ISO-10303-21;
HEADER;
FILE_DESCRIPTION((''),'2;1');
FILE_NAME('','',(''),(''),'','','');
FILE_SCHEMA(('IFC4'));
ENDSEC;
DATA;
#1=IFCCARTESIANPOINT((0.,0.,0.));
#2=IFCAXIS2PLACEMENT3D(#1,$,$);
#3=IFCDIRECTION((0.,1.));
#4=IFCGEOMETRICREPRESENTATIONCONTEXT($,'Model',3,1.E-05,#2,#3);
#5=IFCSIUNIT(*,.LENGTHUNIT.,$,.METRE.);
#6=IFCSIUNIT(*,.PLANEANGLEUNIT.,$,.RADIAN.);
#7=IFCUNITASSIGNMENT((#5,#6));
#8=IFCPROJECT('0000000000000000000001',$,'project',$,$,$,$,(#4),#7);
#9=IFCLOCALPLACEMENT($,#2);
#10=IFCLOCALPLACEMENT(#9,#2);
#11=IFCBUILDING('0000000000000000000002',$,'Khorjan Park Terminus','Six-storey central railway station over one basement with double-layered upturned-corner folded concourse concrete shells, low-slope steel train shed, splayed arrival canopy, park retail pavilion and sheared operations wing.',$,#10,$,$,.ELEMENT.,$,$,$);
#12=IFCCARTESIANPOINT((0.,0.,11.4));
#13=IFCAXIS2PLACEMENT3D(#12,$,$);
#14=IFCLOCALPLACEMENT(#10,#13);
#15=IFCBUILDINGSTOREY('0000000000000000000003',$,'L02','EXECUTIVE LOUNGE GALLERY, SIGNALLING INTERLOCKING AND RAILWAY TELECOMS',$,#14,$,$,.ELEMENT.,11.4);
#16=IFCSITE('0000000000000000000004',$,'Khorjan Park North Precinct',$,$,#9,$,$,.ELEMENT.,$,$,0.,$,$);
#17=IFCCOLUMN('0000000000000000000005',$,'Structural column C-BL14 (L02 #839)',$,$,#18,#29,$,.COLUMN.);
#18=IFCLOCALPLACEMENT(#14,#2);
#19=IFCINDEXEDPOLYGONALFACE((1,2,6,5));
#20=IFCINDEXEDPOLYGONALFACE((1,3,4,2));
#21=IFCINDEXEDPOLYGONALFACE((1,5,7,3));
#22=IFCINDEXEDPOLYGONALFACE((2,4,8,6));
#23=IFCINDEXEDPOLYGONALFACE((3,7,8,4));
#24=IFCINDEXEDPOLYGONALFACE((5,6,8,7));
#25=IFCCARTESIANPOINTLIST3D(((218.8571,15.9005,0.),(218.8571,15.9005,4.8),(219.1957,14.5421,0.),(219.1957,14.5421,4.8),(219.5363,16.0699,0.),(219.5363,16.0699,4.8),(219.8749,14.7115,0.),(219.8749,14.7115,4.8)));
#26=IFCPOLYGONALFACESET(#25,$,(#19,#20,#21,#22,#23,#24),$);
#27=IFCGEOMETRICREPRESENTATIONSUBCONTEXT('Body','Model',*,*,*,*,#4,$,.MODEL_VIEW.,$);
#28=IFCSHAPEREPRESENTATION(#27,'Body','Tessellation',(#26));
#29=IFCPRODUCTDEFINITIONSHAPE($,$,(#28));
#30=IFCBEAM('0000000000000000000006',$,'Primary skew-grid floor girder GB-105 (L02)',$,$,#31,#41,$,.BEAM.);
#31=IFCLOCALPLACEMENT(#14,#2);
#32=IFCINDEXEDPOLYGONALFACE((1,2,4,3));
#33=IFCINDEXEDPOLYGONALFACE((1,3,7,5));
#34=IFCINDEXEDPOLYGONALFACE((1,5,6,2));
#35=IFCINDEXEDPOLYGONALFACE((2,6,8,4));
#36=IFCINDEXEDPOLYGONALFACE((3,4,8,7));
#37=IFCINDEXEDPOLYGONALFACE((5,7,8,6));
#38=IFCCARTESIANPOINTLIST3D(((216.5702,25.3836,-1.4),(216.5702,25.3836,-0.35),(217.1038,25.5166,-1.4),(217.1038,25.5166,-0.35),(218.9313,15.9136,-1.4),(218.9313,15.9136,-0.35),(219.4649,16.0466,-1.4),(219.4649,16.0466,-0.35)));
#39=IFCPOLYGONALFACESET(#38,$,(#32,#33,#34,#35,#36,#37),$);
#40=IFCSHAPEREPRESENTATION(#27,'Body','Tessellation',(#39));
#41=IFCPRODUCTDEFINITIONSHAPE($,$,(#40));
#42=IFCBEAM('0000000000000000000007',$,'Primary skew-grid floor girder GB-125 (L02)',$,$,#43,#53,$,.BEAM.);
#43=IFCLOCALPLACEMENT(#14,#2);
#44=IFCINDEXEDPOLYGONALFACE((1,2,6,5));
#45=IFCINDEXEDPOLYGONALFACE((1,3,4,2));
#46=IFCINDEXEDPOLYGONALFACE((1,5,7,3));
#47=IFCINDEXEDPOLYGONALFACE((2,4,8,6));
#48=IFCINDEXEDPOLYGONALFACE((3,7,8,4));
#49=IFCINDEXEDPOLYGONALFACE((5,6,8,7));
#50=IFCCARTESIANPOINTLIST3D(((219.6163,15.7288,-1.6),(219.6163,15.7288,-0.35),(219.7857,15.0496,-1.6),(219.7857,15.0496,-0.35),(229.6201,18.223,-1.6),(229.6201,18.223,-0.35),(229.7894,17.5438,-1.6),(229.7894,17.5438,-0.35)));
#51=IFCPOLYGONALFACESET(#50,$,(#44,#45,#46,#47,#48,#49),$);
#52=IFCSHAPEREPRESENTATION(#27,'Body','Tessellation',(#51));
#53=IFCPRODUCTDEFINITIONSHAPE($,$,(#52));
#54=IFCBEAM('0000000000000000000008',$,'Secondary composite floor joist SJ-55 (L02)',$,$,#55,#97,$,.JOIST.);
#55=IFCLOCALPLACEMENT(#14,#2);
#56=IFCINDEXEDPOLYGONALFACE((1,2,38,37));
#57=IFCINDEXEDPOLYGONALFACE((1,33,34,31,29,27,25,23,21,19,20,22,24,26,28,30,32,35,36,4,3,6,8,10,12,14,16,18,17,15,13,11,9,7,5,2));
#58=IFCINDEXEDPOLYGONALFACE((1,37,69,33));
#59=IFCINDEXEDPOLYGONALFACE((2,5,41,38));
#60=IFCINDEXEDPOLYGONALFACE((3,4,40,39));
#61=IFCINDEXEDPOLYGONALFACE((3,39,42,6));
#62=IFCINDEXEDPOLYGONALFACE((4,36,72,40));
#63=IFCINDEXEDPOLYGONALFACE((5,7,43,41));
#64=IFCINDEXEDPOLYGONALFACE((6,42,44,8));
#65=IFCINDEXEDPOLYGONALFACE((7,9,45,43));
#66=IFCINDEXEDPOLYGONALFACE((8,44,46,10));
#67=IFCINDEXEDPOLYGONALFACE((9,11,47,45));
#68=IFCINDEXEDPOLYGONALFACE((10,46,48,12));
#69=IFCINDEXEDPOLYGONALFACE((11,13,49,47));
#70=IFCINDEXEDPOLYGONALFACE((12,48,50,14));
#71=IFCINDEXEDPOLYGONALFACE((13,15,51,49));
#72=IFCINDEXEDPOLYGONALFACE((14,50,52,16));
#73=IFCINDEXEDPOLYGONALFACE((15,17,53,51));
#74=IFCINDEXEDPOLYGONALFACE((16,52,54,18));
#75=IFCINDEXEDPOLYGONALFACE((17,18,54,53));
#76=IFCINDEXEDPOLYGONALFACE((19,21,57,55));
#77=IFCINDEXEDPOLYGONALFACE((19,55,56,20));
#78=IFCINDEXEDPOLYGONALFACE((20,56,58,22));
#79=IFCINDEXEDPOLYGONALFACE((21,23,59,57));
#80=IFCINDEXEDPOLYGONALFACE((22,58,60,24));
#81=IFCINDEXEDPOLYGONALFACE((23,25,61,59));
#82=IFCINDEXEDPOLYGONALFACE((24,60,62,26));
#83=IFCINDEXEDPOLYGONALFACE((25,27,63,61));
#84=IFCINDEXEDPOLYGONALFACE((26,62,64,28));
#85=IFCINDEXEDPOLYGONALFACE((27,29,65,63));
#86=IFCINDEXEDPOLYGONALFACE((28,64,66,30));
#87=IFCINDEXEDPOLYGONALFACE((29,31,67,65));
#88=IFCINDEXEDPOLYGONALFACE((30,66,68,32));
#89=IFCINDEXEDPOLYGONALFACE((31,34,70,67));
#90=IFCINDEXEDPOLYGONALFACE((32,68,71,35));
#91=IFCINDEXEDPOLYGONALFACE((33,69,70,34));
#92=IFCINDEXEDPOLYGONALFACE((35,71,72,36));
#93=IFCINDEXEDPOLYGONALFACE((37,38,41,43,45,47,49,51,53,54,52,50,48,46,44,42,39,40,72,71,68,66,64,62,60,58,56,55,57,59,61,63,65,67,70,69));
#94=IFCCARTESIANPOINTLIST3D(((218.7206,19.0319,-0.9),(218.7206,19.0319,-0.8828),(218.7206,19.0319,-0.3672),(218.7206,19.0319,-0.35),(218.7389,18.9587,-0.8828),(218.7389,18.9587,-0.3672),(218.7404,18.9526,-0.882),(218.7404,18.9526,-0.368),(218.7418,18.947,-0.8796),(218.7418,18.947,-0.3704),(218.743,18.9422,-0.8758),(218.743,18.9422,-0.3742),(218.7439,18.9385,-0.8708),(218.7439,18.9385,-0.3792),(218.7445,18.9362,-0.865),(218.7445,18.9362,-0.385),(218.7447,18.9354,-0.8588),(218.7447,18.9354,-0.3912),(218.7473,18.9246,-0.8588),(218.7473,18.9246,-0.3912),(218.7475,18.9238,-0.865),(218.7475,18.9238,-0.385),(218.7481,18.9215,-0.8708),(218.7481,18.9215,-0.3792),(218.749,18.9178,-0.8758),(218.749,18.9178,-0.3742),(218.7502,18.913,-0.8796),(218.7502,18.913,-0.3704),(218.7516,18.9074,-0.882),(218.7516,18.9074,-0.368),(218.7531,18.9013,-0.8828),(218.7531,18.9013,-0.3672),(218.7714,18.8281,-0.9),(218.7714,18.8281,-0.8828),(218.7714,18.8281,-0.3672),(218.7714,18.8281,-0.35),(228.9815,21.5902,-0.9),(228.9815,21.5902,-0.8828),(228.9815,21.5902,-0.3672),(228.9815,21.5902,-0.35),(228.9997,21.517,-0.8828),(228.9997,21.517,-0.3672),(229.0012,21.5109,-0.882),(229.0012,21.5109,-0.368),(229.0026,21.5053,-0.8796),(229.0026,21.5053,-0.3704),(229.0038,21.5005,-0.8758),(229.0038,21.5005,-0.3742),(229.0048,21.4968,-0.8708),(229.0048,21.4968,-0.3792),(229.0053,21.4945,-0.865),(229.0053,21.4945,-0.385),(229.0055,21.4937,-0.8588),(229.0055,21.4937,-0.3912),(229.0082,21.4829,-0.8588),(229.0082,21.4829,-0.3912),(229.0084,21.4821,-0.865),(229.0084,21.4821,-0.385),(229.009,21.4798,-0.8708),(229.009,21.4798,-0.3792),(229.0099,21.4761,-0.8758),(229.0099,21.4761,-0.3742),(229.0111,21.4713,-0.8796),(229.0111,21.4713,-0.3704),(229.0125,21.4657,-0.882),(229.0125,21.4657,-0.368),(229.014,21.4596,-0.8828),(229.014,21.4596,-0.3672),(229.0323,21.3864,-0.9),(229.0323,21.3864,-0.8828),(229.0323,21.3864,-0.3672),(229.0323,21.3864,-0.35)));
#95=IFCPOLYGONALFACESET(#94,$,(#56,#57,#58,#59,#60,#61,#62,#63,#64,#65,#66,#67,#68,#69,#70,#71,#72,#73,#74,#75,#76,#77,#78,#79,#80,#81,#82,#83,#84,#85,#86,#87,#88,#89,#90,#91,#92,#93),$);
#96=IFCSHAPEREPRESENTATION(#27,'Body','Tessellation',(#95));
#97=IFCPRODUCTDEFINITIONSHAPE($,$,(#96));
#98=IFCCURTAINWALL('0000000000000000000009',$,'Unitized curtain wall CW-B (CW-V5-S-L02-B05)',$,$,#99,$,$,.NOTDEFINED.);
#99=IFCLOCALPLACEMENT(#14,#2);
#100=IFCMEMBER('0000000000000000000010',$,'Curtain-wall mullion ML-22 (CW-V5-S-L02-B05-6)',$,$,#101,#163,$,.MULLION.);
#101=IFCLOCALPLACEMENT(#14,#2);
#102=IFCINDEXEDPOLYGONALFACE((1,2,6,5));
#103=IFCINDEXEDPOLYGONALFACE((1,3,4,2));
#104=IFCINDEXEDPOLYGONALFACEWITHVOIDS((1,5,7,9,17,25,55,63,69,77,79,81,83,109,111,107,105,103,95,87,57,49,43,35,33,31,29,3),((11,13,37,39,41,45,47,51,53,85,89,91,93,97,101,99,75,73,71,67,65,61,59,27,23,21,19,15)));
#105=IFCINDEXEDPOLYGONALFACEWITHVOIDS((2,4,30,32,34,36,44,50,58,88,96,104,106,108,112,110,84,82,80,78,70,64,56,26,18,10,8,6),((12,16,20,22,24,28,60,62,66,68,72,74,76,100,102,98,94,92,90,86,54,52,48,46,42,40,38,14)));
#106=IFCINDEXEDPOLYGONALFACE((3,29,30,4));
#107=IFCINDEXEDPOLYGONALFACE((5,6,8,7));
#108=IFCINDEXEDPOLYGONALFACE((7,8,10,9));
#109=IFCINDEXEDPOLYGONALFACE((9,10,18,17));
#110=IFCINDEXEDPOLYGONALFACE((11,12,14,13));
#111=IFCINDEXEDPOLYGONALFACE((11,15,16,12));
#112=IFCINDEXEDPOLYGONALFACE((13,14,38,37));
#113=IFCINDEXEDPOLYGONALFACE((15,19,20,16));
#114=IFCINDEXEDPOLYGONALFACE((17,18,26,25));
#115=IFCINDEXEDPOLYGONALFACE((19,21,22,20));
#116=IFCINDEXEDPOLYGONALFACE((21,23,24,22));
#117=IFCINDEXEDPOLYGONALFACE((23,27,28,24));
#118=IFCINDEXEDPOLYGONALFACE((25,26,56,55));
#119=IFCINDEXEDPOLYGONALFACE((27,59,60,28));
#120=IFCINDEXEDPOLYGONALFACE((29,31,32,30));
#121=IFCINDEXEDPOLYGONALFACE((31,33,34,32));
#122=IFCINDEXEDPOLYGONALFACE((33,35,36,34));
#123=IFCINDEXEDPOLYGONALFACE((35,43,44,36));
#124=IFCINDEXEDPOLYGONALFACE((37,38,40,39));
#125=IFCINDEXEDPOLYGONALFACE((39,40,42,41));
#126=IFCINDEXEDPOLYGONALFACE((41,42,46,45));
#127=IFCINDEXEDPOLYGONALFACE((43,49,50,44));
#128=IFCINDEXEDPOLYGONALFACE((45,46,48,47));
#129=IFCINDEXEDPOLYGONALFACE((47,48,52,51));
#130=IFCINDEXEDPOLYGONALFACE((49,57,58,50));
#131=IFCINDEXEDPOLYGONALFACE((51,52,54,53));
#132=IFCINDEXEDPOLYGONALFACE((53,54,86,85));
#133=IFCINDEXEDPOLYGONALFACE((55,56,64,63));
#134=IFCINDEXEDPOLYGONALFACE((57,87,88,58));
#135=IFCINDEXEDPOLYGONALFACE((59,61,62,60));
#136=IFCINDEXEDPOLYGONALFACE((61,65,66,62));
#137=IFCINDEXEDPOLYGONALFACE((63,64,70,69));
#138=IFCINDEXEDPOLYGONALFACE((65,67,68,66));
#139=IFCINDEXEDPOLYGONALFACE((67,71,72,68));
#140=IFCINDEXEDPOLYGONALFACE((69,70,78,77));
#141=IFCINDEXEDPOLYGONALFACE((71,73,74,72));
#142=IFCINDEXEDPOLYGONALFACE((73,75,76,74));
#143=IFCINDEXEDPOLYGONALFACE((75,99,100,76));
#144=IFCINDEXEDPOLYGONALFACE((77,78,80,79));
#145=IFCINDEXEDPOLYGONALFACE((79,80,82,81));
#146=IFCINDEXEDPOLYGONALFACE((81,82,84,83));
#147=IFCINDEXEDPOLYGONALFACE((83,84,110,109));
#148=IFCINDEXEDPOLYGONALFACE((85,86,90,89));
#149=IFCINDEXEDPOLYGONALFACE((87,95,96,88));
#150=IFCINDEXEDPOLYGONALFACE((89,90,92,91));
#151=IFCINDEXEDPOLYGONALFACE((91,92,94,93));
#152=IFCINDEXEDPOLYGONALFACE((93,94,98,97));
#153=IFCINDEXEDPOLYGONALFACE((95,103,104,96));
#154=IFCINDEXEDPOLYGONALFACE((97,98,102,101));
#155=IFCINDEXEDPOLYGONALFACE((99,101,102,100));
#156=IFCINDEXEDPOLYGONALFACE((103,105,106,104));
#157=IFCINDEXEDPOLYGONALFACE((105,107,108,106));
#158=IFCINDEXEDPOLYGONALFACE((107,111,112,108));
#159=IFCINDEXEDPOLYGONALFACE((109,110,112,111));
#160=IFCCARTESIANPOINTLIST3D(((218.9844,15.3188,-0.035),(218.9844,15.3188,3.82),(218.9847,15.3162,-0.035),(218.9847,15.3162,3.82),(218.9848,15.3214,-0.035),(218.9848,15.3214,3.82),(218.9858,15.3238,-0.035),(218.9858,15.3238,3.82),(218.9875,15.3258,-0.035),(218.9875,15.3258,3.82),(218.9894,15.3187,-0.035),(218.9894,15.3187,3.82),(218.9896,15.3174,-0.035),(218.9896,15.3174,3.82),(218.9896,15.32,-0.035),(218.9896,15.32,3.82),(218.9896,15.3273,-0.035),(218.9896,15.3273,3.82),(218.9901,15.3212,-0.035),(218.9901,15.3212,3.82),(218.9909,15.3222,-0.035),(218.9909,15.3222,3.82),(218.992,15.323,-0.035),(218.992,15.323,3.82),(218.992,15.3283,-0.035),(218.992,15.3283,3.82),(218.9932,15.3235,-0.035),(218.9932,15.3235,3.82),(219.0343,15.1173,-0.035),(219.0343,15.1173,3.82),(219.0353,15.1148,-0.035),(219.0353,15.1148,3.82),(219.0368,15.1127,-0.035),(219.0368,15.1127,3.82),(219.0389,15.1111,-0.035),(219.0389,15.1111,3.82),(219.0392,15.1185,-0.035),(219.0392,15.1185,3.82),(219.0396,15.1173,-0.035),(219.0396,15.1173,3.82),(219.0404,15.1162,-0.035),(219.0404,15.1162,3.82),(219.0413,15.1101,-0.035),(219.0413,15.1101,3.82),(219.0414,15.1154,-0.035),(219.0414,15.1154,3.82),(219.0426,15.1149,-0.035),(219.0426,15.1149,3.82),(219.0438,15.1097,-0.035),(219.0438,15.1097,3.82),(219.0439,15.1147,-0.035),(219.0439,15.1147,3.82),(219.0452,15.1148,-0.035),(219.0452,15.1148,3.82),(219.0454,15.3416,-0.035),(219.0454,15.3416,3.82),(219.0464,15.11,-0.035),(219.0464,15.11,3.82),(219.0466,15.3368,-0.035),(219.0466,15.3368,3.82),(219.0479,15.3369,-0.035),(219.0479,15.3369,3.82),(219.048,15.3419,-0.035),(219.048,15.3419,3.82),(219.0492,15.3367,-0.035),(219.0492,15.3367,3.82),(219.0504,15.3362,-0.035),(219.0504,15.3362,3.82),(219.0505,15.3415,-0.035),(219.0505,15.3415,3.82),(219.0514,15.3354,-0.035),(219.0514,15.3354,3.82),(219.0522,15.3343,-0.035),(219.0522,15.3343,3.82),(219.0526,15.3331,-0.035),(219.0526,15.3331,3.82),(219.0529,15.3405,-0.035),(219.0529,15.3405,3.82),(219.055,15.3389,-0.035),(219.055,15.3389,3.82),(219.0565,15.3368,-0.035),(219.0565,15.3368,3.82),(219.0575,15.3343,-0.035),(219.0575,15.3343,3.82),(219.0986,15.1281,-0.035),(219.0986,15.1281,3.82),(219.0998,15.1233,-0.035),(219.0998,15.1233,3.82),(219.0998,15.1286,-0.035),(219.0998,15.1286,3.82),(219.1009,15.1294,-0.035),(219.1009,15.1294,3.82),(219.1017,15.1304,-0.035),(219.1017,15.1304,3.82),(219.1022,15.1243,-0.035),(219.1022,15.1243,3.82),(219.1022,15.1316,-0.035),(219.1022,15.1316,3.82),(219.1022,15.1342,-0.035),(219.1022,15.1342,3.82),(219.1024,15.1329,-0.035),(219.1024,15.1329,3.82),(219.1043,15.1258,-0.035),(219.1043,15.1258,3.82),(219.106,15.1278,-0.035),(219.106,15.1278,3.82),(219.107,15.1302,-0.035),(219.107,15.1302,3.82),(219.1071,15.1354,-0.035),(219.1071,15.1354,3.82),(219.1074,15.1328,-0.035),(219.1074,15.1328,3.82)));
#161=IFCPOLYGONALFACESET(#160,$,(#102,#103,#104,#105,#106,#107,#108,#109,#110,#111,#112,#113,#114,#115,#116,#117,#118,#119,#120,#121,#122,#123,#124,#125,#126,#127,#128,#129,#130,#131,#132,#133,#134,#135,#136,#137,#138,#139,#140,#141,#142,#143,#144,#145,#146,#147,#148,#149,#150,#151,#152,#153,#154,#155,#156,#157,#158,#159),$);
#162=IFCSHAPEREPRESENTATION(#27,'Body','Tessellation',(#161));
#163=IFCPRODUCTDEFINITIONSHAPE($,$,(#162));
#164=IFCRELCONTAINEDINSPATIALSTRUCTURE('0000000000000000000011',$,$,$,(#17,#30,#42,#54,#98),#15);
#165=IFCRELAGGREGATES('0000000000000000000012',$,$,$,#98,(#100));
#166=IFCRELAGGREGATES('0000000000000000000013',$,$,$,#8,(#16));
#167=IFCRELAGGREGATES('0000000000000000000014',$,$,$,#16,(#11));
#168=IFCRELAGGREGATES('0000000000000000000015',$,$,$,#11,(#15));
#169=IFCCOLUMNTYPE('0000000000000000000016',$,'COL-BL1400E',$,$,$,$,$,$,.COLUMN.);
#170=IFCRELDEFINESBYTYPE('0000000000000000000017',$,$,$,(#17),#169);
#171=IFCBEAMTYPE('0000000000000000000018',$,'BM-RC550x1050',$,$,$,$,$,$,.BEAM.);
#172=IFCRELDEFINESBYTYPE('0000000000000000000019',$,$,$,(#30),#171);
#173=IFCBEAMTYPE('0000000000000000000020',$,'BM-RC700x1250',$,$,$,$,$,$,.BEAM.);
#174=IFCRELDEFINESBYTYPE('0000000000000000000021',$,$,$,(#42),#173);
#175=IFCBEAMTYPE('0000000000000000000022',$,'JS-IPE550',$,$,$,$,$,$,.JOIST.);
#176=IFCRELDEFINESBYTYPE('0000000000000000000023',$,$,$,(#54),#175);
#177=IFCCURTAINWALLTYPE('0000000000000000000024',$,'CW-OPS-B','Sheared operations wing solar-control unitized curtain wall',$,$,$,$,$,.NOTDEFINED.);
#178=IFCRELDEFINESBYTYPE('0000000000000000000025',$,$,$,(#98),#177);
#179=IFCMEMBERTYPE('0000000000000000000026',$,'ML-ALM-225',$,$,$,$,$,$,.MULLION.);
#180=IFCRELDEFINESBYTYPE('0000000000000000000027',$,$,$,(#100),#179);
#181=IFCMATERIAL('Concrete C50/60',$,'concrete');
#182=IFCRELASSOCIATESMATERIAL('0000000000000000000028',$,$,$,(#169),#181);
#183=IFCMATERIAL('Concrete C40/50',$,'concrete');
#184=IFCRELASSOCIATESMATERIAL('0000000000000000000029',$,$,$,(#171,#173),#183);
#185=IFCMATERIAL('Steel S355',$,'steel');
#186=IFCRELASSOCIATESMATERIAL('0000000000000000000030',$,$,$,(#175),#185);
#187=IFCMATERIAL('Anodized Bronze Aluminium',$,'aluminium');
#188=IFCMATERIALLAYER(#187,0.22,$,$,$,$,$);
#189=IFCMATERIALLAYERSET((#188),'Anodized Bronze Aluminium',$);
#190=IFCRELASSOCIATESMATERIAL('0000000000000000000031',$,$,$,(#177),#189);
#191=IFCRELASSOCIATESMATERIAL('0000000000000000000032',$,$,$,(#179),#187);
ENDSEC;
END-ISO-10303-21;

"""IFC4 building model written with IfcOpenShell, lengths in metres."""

from ifc_helpers import new_model, si_unit, direction, frame, origin, origin_2d, place, context, subcontext, project, spatial, rectangle, hollow_rectangle, i_section, extrude, material, layer, layer_set, material_profile, profile_set, type_object, element, aggregate, save


model = new_model("IFC4")

# Units and contexts
model_context = context("Model", 3, precision=1e-05, world=origin(), true_north=direction((0.0, 1.0)))
body_context = subcontext(model_context, "Body", "Model", "MODEL_VIEW")
ifc_project = project(units=[si_unit("LENGTHUNIT", "METRE"), si_unit("PLANEANGLEUNIT", "RADIAN")], contexts=[model_context])

# Site, building, storey
site_placement = place(None, origin())
site = spatial("IfcSite", under=ifc_project, at=site_placement, Name="Khorjan Park North Precinct", CompositionType="ELEMENT", RefElevation=0.0)
building_placement = place(site_placement, origin())
building = spatial("IfcBuilding", under=site, at=building_placement, Name="Khorjan Park Terminus", Description="Six-storey central railway station over one basement with double-layered upturned-corner folded concourse concrete shells, low-slope steel train shed, splayed arrival canopy, park retail pavilion and sheared operations wing.", CompositionType="ELEMENT")
storey_placement = place(building_placement, frame((0.0, 0.0, 11.4)))
storey = spatial("IfcBuildingStorey", under=building, at=storey_placement, Name="L02", Description="EXECUTIVE LOUNGE GALLERY, SIGNALLING INTERLOCKING AND RAILWAY TELECOMS", CompositionType="ELEMENT", Elevation=11.4)

# Column
ifc_material_1 = material(Name="Concrete C50/60", Category="concrete")
ifc_material_profile_1 = material_profile(ifc_material_1, rectangle(XDim=0.7, YDim=1.4, at=origin_2d()), Name="RC 700x1400")
ifc_profile_set_1 = profile_set([ifc_material_profile_1], Name="Concrete C50/60")
column_type = type_object("IfcColumnType", Name="COL-BL1400E", PredefinedType="COLUMN", material=ifc_profile_set_1)
column_placement = place(storey_placement, frame((219.366, 15.306, 0.0), z_axis=(0.0, 0.0, 1.0), x_axis=(0.970296, 0.241922, 0.0)))
element("IfcColumn", 1, at=column_placement, inside=storey, type_object=column_type, Name="Structural column C-BL14 (L02 #839)", PredefinedType="COLUMN", context=body_context, shape_type="SweptSolid", body=[
    extrude(rectangle(XDim=0.7, YDim=1.4, at=origin_2d()), origin(), (0.0, 0.0, 1.0), 4.8),
])

# Beams
ifc_material_2 = material(Name="Concrete C40/50", Category="concrete")
ifc_material_profile_2 = material_profile(ifc_material_2, rectangle(XDim=0.55, YDim=1.05, at=origin_2d()), Name="RC 550x1050")
ifc_profile_set_2 = profile_set([ifc_material_profile_2], Name="Concrete C40/50")
beam_type_1 = type_object("IfcBeamType", Name="BM-RC550x1050", PredefinedType="BEAM", material=ifc_profile_set_2)
beam_1_placement = place(storey_placement, frame((219.1981, 15.9801, -0.875), z_axis=(-0.241918, 0.970297, 0.0), x_axis=(-0.970297, -0.241918, 0.0)))
element("IfcBeam", 2, at=beam_1_placement, inside=storey, type_object=beam_type_1, Name="Primary skew-grid floor girder GB-105 (L02)", PredefinedType="BEAM", context=body_context, shape_type="SweptSolid", body=[
    extrude(rectangle(XDim=0.55, YDim=1.05, at=origin_2d()), origin(), (0.0, 0.0, 1.0), 9.7599),
])
ifc_material_profile_3 = material_profile(ifc_material_2, rectangle(XDim=0.7, YDim=1.25, at=origin_2d()), Name="RC 700x1250")
ifc_profile_set_3 = profile_set([ifc_material_profile_3], Name="Concrete C40/50")
beam_type_2 = type_object("IfcBeamType", Name="BM-RC700x1250", PredefinedType="BEAM", material=ifc_profile_set_3)
beam_2_placement = place(storey_placement, frame((219.701, 15.3892, -0.975), z_axis=(0.970296, 0.241919, 0.0), x_axis=(-0.241919, 0.970296, 0.0)))
element("IfcBeam", 3, at=beam_2_placement, inside=storey, type_object=beam_type_2, Name="Primary skew-grid floor girder GB-125 (L02)", PredefinedType="BEAM", context=body_context, shape_type="SweptSolid", body=[
    extrude(rectangle(XDim=0.7, YDim=1.25, at=origin_2d()), origin(), (0.0, 0.0, 1.0), 10.31),
])
ifc_material_3 = material(Name="Steel S355", Category="steel")
ifc_material_profile_4 = material_profile(ifc_material_3, i_section(OverallWidth=0.21, OverallDepth=0.55, WebThickness=0.0111, FlangeThickness=0.0172, FilletRadius=0.024, at=origin_2d()), Name="IPE 550")
ifc_profile_set_4 = profile_set([ifc_material_profile_4], Name="Steel S355")
beam_type_3 = type_object("IfcBeamType", Name="JS-IPE550", PredefinedType="JOIST", material=ifc_profile_set_4)
beam_3_placement = place(storey_placement, frame((218.746, 18.93, -0.625), z_axis=(0.970296, 0.241919, 0.0), x_axis=(-0.241919, 0.970296, 0.0)))
element("IfcBeam", 4, at=beam_3_placement, inside=storey, type_object=beam_type_3, Name="Secondary composite floor joist SJ-55 (L02)", PredefinedType="JOIST", context=body_context, shape_type="SweptSolid", body=[
    extrude(i_section(OverallWidth=0.21, OverallDepth=0.55, WebThickness=0.0111, FlangeThickness=0.0172, FilletRadius=0.024, at=origin_2d()), origin(), (0.0, 0.0, 1.0), 10.575),
])

# Curtain wall, member
ifc_material_4 = material(Name="Anodized Bronze Aluminium", Category="aluminium")
ifc_layer_1 = layer(ifc_material_4, 0.22)
ifc_layer_set_1 = layer_set([ifc_layer_1], Name="Anodized Bronze Aluminium")
curtain_wall_type = type_object("IfcCurtainWallType", Name="CW-OPS-B", Description="Sheared operations wing solar-control unitized curtain wall", PredefinedType="NOTDEFINED", material=ifc_layer_set_1)
curtain_wall_1_placement = place(storey_placement, origin())
curtain_wall_1 = element("IfcCurtainWall", 5, at=curtain_wall_1_placement, inside=storey, type_object=curtain_wall_type, Name="Unitized curtain wall CW-B (CW-V5-S-L02-B05)", PredefinedType="NOTDEFINED")
ifc_material_profile_5 = material_profile(ifc_material_4, hollow_rectangle(XDim=0.075, YDim=0.225, WallThickness=0.005, InnerFilletRadius=0.005, OuterFilletRadius=0.01, at=origin_2d()), Name="ALM 75x225x5")
ifc_profile_set_5 = profile_set([ifc_material_profile_5], Name="Anodized Bronze Aluminium")
member_type_1 = type_object("IfcMemberType", Name="ML-ALM-225", PredefinedType="MULLION", material=ifc_profile_set_5)
member_1_placement = place(storey_placement, frame((219.0459, 15.2258, -0.035), z_axis=(0.0, 0.0, 1.0), x_axis=(0.970298, 0.241912, 0.0)))
member_1 = element("IfcMember", 6, at=member_1_placement, type_object=member_type_1, Name="Curtain-wall mullion ML-22 (CW-V5-S-L02-B05-6)", PredefinedType="MULLION", context=body_context, shape_type="SweptSolid", body=[
    extrude(hollow_rectangle(XDim=0.075, YDim=0.225, WallThickness=0.005, InnerFilletRadius=0.005, OuterFilletRadius=0.01, at=origin_2d()), origin(), (0.0, 0.0, 1.0), 3.855),
])
aggregate(curtain_wall_1, [member_1])

save(model, "model.ifc")
